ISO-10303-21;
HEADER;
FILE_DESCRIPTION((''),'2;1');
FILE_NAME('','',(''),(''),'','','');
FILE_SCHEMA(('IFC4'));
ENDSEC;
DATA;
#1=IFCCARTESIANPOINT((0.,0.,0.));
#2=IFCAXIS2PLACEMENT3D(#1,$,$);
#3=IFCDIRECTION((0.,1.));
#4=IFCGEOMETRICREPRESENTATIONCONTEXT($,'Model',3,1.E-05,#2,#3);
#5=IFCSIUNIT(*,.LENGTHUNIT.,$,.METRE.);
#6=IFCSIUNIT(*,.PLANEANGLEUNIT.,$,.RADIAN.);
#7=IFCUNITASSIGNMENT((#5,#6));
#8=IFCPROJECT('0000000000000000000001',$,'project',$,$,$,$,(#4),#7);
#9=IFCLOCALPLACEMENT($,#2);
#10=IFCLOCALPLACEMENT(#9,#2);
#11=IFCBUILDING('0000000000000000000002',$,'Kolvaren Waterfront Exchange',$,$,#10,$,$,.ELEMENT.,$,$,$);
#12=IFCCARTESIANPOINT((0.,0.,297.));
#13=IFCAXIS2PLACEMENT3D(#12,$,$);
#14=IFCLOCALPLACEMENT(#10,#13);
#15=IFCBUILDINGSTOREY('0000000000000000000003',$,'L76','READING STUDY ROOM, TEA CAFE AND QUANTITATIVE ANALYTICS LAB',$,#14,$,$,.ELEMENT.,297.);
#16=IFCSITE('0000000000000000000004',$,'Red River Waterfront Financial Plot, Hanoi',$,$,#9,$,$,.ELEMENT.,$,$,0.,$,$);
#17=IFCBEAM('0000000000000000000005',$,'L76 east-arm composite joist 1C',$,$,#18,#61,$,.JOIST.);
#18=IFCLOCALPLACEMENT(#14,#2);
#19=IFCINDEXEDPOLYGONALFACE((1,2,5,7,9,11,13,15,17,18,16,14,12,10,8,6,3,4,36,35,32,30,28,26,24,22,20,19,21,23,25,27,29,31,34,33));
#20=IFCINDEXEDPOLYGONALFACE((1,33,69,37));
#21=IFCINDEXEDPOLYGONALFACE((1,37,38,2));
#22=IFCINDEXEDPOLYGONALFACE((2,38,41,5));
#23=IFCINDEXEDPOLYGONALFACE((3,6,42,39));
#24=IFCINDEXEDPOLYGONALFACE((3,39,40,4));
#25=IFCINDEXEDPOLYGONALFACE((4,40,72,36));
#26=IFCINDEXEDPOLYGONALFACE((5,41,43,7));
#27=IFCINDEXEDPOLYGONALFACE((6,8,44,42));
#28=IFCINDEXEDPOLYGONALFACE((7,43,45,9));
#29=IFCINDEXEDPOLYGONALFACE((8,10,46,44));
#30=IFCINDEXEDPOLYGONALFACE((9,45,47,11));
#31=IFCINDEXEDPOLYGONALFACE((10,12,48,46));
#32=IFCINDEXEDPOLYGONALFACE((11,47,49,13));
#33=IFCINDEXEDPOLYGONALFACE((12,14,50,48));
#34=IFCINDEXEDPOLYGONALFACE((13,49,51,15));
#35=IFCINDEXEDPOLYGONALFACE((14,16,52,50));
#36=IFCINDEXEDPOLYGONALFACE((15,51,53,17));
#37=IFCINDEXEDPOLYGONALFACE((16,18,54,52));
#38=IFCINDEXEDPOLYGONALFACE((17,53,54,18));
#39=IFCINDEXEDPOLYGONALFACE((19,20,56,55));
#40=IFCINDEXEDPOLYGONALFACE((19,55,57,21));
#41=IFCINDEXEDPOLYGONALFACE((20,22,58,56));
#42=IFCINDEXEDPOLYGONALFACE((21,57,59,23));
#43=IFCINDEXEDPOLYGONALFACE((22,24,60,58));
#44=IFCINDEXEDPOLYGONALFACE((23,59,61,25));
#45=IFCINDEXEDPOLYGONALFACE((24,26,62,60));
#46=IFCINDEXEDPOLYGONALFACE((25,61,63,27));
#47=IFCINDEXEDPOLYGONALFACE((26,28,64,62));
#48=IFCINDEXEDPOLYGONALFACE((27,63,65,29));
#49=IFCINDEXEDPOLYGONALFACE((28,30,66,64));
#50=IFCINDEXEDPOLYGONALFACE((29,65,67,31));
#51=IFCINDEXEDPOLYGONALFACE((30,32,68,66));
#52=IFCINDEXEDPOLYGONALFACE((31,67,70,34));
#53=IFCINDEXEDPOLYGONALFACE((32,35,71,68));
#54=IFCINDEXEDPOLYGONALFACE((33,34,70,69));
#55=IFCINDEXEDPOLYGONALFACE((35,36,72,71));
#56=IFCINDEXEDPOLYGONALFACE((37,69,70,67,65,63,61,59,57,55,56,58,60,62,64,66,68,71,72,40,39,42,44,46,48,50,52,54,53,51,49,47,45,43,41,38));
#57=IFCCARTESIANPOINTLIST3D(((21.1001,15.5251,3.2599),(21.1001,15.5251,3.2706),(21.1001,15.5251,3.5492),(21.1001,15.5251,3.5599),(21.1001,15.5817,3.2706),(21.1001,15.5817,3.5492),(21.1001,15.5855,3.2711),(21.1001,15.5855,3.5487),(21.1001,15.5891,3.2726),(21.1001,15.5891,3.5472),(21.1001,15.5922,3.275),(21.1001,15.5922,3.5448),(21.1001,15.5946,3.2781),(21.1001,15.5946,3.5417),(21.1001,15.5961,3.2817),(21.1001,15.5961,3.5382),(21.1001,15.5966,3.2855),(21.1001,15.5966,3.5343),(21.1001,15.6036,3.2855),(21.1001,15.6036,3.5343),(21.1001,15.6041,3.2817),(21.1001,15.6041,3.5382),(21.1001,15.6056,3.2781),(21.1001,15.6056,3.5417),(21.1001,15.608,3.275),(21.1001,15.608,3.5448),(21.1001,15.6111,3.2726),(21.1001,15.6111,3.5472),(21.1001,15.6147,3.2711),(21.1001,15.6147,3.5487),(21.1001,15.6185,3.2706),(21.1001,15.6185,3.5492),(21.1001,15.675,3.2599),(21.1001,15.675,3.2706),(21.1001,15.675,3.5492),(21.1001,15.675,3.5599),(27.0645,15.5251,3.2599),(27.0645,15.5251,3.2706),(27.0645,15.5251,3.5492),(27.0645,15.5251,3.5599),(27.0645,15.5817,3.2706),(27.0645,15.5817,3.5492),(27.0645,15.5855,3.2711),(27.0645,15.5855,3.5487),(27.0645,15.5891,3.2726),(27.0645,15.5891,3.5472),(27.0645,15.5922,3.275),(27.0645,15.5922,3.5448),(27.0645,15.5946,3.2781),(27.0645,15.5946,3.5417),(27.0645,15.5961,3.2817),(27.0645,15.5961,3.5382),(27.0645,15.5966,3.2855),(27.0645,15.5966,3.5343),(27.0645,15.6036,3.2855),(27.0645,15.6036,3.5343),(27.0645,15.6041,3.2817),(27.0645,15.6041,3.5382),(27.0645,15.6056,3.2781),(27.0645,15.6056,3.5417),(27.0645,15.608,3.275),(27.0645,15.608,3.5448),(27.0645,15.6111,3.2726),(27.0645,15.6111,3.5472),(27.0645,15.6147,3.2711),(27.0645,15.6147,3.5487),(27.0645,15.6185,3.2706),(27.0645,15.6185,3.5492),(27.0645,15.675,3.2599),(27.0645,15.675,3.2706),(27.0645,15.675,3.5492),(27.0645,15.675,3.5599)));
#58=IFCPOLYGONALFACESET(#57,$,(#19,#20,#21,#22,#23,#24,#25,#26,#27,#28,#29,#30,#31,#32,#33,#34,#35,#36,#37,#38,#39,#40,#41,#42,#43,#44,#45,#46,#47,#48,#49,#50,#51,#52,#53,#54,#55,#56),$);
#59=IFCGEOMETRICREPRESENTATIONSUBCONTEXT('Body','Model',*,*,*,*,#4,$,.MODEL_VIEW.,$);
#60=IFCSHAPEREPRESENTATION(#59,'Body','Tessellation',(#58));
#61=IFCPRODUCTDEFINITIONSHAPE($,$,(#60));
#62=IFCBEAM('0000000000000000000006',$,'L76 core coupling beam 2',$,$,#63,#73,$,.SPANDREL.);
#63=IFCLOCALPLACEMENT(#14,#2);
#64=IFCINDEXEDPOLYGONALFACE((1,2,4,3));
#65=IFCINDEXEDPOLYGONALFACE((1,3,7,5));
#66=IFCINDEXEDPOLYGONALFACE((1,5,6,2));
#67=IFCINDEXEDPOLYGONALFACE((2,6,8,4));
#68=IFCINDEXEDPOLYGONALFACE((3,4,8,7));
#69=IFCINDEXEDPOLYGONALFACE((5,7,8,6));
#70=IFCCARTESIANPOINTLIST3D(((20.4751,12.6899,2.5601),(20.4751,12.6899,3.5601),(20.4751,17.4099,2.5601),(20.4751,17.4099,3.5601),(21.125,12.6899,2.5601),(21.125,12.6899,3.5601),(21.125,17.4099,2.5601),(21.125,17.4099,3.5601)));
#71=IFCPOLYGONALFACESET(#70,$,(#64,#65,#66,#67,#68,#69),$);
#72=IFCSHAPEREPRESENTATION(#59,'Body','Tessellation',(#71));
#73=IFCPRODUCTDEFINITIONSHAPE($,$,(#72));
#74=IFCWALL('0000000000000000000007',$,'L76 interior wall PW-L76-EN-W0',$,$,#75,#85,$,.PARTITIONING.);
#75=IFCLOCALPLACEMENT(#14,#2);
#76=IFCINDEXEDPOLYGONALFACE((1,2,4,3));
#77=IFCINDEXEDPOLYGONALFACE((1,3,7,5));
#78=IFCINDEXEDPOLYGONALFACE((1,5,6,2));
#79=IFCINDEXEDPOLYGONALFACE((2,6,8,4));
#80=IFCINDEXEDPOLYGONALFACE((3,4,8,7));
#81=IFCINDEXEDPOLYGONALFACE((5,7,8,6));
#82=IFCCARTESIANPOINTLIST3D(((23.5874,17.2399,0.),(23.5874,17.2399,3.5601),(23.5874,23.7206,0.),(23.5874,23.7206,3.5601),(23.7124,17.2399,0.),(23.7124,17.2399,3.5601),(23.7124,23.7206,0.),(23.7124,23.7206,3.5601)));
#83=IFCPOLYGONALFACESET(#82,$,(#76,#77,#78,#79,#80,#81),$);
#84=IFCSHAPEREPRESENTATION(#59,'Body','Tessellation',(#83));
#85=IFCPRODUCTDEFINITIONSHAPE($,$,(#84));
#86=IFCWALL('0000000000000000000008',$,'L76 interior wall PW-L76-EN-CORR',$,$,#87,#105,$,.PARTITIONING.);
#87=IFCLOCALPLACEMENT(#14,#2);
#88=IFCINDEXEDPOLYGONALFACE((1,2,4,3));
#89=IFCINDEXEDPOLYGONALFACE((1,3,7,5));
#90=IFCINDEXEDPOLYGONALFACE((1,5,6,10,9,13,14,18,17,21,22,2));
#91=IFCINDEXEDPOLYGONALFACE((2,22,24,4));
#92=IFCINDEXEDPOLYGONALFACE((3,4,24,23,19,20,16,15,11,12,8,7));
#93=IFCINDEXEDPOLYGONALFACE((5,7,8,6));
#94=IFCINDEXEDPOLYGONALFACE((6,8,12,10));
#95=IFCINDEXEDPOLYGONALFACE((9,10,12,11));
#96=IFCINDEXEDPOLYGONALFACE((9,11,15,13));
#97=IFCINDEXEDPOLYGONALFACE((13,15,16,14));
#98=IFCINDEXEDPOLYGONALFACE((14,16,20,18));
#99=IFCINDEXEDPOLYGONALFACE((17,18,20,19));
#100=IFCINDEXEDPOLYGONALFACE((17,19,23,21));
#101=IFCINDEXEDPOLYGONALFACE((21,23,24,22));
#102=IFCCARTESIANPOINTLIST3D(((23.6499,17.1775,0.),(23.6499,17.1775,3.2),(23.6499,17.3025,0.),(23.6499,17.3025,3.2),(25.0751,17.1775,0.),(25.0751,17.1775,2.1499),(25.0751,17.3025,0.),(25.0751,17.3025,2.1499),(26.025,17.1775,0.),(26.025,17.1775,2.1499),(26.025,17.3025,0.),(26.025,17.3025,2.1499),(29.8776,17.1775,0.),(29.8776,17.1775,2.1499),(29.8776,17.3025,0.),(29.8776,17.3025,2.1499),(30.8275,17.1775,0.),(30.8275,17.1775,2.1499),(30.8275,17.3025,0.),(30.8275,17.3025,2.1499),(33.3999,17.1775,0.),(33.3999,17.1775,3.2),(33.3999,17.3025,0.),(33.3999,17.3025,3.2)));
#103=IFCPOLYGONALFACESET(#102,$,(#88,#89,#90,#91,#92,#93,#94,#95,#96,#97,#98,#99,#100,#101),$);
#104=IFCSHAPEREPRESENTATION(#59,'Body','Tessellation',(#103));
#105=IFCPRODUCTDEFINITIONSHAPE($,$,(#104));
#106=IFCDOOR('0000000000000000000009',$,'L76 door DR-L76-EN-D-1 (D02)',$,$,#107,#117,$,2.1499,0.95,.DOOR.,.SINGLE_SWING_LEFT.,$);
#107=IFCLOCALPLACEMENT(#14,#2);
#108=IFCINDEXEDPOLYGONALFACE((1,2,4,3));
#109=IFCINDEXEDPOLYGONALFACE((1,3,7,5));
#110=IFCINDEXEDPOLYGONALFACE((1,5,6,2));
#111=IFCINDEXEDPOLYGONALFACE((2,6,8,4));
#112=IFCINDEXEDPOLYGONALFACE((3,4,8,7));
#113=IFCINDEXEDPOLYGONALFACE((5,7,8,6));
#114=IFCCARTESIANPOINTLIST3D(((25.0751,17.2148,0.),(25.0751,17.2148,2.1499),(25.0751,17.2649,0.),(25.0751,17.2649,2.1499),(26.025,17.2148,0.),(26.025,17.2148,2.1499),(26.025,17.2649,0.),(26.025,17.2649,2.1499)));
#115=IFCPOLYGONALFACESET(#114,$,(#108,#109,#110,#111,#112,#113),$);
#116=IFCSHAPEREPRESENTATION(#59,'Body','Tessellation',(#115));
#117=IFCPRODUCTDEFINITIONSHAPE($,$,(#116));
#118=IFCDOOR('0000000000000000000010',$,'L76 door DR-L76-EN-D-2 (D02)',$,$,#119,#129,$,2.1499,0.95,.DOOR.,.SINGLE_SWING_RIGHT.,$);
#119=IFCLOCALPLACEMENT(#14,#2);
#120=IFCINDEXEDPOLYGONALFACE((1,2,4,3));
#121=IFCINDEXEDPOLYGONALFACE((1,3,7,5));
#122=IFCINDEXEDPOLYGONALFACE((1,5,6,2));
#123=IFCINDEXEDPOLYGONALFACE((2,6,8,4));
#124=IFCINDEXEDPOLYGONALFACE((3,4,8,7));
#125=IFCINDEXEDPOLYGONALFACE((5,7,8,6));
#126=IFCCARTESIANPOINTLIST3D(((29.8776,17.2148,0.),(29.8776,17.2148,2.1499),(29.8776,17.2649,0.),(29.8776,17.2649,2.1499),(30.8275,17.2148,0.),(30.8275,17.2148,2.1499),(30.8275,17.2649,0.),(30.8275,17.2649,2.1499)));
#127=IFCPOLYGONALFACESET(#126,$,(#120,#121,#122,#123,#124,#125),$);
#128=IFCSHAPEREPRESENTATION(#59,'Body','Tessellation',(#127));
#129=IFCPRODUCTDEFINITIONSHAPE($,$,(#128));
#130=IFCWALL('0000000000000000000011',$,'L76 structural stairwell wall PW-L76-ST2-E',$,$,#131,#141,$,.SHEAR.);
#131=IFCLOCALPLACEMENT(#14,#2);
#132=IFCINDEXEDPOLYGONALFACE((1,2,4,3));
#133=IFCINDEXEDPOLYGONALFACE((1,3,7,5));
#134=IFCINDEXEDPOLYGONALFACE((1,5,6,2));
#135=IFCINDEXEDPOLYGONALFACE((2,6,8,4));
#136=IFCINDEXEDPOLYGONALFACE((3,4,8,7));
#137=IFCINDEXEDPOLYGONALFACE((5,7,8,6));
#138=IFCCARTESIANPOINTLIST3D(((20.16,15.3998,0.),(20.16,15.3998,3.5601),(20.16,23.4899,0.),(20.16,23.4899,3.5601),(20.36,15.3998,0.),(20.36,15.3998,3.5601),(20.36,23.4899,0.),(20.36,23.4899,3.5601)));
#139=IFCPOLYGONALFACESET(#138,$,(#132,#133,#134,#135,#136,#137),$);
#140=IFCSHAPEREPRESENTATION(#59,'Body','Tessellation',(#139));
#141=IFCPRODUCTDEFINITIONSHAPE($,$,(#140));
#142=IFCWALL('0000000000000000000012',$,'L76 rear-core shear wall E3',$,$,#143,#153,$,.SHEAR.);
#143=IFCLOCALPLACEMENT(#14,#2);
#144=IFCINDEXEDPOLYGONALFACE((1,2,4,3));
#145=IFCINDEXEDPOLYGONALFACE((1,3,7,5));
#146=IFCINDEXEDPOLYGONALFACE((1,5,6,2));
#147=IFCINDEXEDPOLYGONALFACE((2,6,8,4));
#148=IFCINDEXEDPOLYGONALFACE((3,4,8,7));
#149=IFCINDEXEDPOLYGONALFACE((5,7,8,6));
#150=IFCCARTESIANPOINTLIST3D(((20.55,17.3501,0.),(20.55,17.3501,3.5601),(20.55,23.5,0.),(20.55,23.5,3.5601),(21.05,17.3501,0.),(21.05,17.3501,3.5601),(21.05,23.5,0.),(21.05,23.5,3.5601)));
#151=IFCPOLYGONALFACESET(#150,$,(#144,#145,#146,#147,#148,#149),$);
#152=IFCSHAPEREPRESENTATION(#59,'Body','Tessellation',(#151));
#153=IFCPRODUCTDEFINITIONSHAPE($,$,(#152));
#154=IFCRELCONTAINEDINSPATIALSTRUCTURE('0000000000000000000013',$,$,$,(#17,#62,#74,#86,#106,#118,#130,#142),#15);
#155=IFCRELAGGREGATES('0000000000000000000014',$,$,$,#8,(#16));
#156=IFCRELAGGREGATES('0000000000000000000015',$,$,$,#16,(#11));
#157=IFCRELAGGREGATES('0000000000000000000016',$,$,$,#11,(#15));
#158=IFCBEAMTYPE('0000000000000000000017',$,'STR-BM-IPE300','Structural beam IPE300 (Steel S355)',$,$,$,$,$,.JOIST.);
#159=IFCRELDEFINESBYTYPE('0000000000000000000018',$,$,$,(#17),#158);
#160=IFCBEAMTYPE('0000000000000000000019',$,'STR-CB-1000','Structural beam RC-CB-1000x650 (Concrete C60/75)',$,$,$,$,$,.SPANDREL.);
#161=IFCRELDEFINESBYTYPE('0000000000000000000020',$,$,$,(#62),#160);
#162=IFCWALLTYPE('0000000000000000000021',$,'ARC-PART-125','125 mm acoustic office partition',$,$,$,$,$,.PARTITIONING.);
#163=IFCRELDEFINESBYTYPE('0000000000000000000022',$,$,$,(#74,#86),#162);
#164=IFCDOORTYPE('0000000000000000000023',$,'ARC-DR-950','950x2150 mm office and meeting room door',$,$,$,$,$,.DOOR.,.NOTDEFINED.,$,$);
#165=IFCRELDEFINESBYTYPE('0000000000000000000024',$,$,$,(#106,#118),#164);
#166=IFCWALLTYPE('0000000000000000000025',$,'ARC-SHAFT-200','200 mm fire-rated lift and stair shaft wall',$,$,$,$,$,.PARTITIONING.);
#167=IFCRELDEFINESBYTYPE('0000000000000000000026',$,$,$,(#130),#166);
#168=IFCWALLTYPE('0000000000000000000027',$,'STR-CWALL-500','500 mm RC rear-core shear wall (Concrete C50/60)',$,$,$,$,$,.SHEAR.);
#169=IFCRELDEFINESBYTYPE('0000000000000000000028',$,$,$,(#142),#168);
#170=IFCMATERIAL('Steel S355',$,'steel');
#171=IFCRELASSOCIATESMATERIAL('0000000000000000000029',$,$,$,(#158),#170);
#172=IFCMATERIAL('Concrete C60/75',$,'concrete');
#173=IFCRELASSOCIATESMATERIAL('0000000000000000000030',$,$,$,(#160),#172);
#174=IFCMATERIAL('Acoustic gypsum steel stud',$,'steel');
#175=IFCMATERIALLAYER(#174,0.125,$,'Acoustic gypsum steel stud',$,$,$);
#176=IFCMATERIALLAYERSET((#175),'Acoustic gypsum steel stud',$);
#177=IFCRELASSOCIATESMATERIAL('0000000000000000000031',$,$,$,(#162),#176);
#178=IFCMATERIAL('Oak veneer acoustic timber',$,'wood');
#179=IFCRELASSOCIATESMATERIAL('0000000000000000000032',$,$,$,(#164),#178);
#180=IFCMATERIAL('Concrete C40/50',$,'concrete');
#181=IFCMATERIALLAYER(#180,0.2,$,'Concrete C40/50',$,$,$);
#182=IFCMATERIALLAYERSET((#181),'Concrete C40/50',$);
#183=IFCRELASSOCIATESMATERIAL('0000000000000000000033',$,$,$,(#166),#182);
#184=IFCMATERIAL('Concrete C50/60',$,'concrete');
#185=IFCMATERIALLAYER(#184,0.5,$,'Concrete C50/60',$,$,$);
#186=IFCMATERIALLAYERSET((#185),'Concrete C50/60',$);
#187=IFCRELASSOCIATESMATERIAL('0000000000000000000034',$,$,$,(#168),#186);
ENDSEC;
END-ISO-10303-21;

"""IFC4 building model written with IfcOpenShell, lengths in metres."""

from ifc_helpers import new_model, si_unit, direction, frame, frame_2d, origin, origin_2d, place, context, subcontext, project, spatial, rectangle, i_section, extrude, material, layer, layer_set, material_profile, profile_set, type_object, element, fill, save


model = new_model("IFC4")

# Units and contexts
model_context = context("Model", 3, precision=1e-05, world=origin(), true_north=direction((0.0, 1.0)))
body_context = subcontext(model_context, "Body", "Model", "MODEL_VIEW")
ifc_project = project(units=[si_unit("LENGTHUNIT", "METRE"), si_unit("PLANEANGLEUNIT", "RADIAN")], contexts=[model_context])

# Site, building, storey
site_placement = place(None, origin())
site = spatial("IfcSite", under=ifc_project, at=site_placement, Name="Red River Waterfront Financial Plot, Hanoi", CompositionType="ELEMENT", RefElevation=0.0)
building_placement = place(site_placement, origin())
building = spatial("IfcBuilding", under=site, at=building_placement, Name="Kolvaren Waterfront Exchange", CompositionType="ELEMENT")
storey_placement = place(building_placement, frame((0.0, 0.0, 297.0)))
storey = spatial("IfcBuildingStorey", under=building, at=storey_placement, Name="L76", Description="READING STUDY ROOM, TEA CAFE AND QUANTITATIVE ANALYTICS LAB", CompositionType="ELEMENT", Elevation=297.0)

# Shared definitions
ifc_material_1 = material(Name="Concrete C50/60", Category="concrete")

# Beams
ifc_material_2 = material(Name="Steel S355", Category="steel")
ifc_material_profile_1 = material_profile(ifc_material_2, i_section(OverallWidth=0.1499, OverallDepth=0.3, WebThickness=0.0071, FlangeThickness=0.0107, FilletRadius=0.0149, at=origin_2d()), Name="IPE300")
ifc_profile_set_1 = profile_set([ifc_material_profile_1], Name="Steel S355")
beam_type_1 = type_object("IfcBeamType", Name="STR-BM-IPE300", Description="Structural beam IPE300 (Steel S355)", PredefinedType="JOIST", material=ifc_profile_set_1)
for number, where, z_axis, x_axis, name in (
    (1, (21.1001, 15.6001, 3.4099), (1.0, 0.0, 0.0), (0.0, 1.0, 0.0), "L76 east-arm composite joist 1C"),
):
    element("IfcBeam", number, at=place(storey_placement, frame(where, z_axis=z_axis, x_axis=x_axis)), inside=storey, type_object=beam_type_1, Name=name, PredefinedType="JOIST", context=body_context, shape_type="SweptSolid", body=[
        extrude(i_section(OverallWidth=0.1499, OverallDepth=0.3, WebThickness=0.0071, FlangeThickness=0.0107, FilletRadius=0.0149, at=origin_2d()), origin(), (0.0, 0.0, 1.0), 5.9644),
    ])
ifc_material_3 = material(Name="Concrete C60/75", Category="concrete")
ifc_material_profile_2 = material_profile(ifc_material_3, rectangle(XDim=0.6499, YDim=1.0, at=origin_2d()), Name="RC-CB-1000x650")
ifc_profile_set_2 = profile_set([ifc_material_profile_2], Name="Concrete C60/75")
beam_type_2 = type_object("IfcBeamType", Name="STR-CB-1000", Description="Structural beam RC-CB-1000x650 (Concrete C60/75)", PredefinedType="SPANDREL", material=ifc_profile_set_2)
beam_1_placement = place(storey_placement, frame((20.8, 12.6899, 3.0601), z_axis=(0.0, 1.0, 0.0), x_axis=(-1.0, 0.0, 0.0)))
element("IfcBeam", 2, at=beam_1_placement, inside=storey, type_object=beam_type_2, Name="L76 core coupling beam 2", PredefinedType="SPANDREL", context=body_context, shape_type="SweptSolid", body=[
    extrude(rectangle(XDim=0.6499, YDim=1.0, at=origin_2d()), origin(), (0.0, 0.0, 1.0), 4.72),
])

# Shared definitions
ifc_material_4 = material(Name="Acoustic gypsum steel stud", Category="steel")
ifc_layer_1 = layer(ifc_material_4, 0.125, Name="Acoustic gypsum steel stud")
ifc_layer_set_1 = layer_set([ifc_layer_1], Name="Acoustic gypsum steel stud")
wall_type_1 = type_object("IfcWallType", Name="ARC-PART-125", Description="125 mm acoustic office partition", PredefinedType="PARTITIONING", material=ifc_layer_set_1)
ifc_material_5 = material(Name="Oak veneer acoustic timber", Category="wood")
door_type = type_object("IfcDoorType", Name="ARC-DR-950", Description="950x2150 mm office and meeting room door", OperationType="NOTDEFINED", PredefinedType="DOOR", material=ifc_material_5)

# Wall
wall_1_placement = place(storey_placement, frame((23.6499, 17.24, 0.0), z_axis=(0.0, 0.0, 1.0), x_axis=(0.0, 1.0, 0.0)))
element("IfcWall", 3, at=wall_1_placement, inside=storey, type_object=wall_type_1, Name="L76 interior wall PW-L76-EN-W0", PredefinedType="PARTITIONING", context=body_context, shape_type="SweptSolid", body=[
    extrude(rectangle(XDim=6.4807, YDim=0.125, at=frame_2d((3.2402, 0.0))), origin(), (0.0, 0.0, 1.0), 3.5601),
])

# Wall, openings, doors
wall_2_placement = place(storey_placement, frame((23.6499, 17.24, 0.0), z_axis=(0.0, 0.0, 1.0), x_axis=(1.0, 0.0, 0.0)))
wall_2 = element("IfcWall", 4, at=wall_2_placement, inside=storey, type_object=wall_type_1, Name="L76 interior wall PW-L76-EN-CORR", PredefinedType="PARTITIONING", context=body_context, shape_type="SweptSolid", body=[
    extrude(rectangle(XDim=9.75, YDim=0.125, at=frame_2d((4.875, 0.0))), origin(), (0.0, 0.0, 1.0), 3.2),
])
opening_1_placement = place(wall_2_placement, frame((1.425, 0.0, 0.0)))
opening_1 = element("IfcOpeningElement", 5, at=opening_1_placement, cuts=wall_2, PredefinedType="OPENING", context=body_context, shape_type="SweptSolid", body=[
    extrude(rectangle(XDim=0.95, YDim=2.1499, at=frame_2d((0.4751, 1.075))), frame((0.0, 0.0725, 0.0), z_axis=(0.0, -1.0, 0.0), x_axis=(1.0, 0.0, 0.0)), (0.0, 0.0, 1.0), 0.145),
])
opening_2_placement = place(wall_2_placement, frame((6.2275, 0.0, 0.0)))
opening_2 = element("IfcOpeningElement", 6, at=opening_2_placement, cuts=wall_2, PredefinedType="OPENING", context=body_context, shape_type="SweptSolid", body=[
    extrude(rectangle(XDim=0.95, YDim=2.1499, at=frame_2d((0.4751, 1.075))), frame((0.0, 0.0725, 0.0), z_axis=(0.0, -1.0, 0.0), x_axis=(1.0, 0.0, 0.0)), (0.0, 0.0, 1.0), 0.145),
])
door_1_placement = place(opening_1_placement, origin())
door_1 = element("IfcDoor", 7, at=door_1_placement, inside=storey, type_object=door_type, Name="L76 door DR-L76-EN-D-1 (D02)", OperationType="SINGLE_SWING_LEFT", OverallHeight=2.1499, OverallWidth=0.95, PredefinedType="DOOR", context=body_context, shape_type="SweptSolid", body=[
    extrude(rectangle(XDim=0.95, YDim=2.1499, at=frame_2d((0.4751, 1.075))), frame((0.0, 0.0249, 0.0), z_axis=(0.0, -1.0, 0.0), x_axis=(1.0, 0.0, 0.0)), (0.0, 0.0, 1.0), 0.05),
])
fill(opening_1, door_1)
door_2_placement = place(opening_2_placement, origin())
door_2 = element("IfcDoor", 8, at=door_2_placement, inside=storey, type_object=door_type, Name="L76 door DR-L76-EN-D-2 (D02)", OperationType="SINGLE_SWING_RIGHT", OverallHeight=2.1499, OverallWidth=0.95, PredefinedType="DOOR", context=body_context, shape_type="SweptSolid", body=[
    extrude(rectangle(XDim=0.95, YDim=2.1499, at=frame_2d((0.4751, 1.075))), frame((0.0, 0.0249, 0.0), z_axis=(0.0, -1.0, 0.0), x_axis=(1.0, 0.0, 0.0)), (0.0, 0.0, 1.0), 0.05),
])
fill(opening_2, door_2)

# Walls
ifc_material_6 = material(Name="Concrete C40/50", Category="concrete")
ifc_layer_2 = layer(ifc_material_6, 0.2, Name="Concrete C40/50")
ifc_layer_set_2 = layer_set([ifc_layer_2], Name="Concrete C40/50")
wall_type_2 = type_object("IfcWallType", Name="ARC-SHAFT-200", Description="200 mm fire-rated lift and stair shaft wall", PredefinedType="PARTITIONING", material=ifc_layer_set_2)
wall_3_placement = place(storey_placement, frame((20.26, 15.3999, 0.0), z_axis=(0.0, 0.0, 1.0), x_axis=(0.0, 1.0, 0.0)))
element("IfcWall", 9, at=wall_3_placement, inside=storey, type_object=wall_type_2, Name="L76 structural stairwell wall PW-L76-ST2-E", PredefinedType="SHEAR", context=body_context, shape_type="SweptSolid", body=[
    extrude(rectangle(XDim=8.0901, YDim=0.2, at=frame_2d((4.0449, 0.0))), origin(), (0.0, 0.0, 1.0), 3.5601),
])
ifc_layer_3 = layer(ifc_material_1, 0.5, Name="Concrete C50/60")
ifc_layer_set_3 = layer_set([ifc_layer_3], Name="Concrete C50/60")
wall_type_3 = type_object("IfcWallType", Name="STR-CWALL-500", Description="500 mm RC rear-core shear wall (Concrete C50/60)", PredefinedType="SHEAR", material=ifc_layer_set_3)
wall_4_placement = place(storey_placement, frame((20.8, 17.3501, 0.0), z_axis=(0.0, 0.0, 1.0), x_axis=(0.0, 1.0, 0.0)))
element("IfcWall", 10, at=wall_4_placement, inside=storey, type_object=wall_type_3, Name="L76 rear-core shear wall E3", PredefinedType="SHEAR", context=body_context, shape_type="SweptSolid", body=[
    extrude(rectangle(XDim=6.1499, YDim=0.5, at=frame_2d((3.075, 0.0))), origin(), (0.0, 0.0, 1.0), 3.5601),
])

save(model, "model.ifc")
